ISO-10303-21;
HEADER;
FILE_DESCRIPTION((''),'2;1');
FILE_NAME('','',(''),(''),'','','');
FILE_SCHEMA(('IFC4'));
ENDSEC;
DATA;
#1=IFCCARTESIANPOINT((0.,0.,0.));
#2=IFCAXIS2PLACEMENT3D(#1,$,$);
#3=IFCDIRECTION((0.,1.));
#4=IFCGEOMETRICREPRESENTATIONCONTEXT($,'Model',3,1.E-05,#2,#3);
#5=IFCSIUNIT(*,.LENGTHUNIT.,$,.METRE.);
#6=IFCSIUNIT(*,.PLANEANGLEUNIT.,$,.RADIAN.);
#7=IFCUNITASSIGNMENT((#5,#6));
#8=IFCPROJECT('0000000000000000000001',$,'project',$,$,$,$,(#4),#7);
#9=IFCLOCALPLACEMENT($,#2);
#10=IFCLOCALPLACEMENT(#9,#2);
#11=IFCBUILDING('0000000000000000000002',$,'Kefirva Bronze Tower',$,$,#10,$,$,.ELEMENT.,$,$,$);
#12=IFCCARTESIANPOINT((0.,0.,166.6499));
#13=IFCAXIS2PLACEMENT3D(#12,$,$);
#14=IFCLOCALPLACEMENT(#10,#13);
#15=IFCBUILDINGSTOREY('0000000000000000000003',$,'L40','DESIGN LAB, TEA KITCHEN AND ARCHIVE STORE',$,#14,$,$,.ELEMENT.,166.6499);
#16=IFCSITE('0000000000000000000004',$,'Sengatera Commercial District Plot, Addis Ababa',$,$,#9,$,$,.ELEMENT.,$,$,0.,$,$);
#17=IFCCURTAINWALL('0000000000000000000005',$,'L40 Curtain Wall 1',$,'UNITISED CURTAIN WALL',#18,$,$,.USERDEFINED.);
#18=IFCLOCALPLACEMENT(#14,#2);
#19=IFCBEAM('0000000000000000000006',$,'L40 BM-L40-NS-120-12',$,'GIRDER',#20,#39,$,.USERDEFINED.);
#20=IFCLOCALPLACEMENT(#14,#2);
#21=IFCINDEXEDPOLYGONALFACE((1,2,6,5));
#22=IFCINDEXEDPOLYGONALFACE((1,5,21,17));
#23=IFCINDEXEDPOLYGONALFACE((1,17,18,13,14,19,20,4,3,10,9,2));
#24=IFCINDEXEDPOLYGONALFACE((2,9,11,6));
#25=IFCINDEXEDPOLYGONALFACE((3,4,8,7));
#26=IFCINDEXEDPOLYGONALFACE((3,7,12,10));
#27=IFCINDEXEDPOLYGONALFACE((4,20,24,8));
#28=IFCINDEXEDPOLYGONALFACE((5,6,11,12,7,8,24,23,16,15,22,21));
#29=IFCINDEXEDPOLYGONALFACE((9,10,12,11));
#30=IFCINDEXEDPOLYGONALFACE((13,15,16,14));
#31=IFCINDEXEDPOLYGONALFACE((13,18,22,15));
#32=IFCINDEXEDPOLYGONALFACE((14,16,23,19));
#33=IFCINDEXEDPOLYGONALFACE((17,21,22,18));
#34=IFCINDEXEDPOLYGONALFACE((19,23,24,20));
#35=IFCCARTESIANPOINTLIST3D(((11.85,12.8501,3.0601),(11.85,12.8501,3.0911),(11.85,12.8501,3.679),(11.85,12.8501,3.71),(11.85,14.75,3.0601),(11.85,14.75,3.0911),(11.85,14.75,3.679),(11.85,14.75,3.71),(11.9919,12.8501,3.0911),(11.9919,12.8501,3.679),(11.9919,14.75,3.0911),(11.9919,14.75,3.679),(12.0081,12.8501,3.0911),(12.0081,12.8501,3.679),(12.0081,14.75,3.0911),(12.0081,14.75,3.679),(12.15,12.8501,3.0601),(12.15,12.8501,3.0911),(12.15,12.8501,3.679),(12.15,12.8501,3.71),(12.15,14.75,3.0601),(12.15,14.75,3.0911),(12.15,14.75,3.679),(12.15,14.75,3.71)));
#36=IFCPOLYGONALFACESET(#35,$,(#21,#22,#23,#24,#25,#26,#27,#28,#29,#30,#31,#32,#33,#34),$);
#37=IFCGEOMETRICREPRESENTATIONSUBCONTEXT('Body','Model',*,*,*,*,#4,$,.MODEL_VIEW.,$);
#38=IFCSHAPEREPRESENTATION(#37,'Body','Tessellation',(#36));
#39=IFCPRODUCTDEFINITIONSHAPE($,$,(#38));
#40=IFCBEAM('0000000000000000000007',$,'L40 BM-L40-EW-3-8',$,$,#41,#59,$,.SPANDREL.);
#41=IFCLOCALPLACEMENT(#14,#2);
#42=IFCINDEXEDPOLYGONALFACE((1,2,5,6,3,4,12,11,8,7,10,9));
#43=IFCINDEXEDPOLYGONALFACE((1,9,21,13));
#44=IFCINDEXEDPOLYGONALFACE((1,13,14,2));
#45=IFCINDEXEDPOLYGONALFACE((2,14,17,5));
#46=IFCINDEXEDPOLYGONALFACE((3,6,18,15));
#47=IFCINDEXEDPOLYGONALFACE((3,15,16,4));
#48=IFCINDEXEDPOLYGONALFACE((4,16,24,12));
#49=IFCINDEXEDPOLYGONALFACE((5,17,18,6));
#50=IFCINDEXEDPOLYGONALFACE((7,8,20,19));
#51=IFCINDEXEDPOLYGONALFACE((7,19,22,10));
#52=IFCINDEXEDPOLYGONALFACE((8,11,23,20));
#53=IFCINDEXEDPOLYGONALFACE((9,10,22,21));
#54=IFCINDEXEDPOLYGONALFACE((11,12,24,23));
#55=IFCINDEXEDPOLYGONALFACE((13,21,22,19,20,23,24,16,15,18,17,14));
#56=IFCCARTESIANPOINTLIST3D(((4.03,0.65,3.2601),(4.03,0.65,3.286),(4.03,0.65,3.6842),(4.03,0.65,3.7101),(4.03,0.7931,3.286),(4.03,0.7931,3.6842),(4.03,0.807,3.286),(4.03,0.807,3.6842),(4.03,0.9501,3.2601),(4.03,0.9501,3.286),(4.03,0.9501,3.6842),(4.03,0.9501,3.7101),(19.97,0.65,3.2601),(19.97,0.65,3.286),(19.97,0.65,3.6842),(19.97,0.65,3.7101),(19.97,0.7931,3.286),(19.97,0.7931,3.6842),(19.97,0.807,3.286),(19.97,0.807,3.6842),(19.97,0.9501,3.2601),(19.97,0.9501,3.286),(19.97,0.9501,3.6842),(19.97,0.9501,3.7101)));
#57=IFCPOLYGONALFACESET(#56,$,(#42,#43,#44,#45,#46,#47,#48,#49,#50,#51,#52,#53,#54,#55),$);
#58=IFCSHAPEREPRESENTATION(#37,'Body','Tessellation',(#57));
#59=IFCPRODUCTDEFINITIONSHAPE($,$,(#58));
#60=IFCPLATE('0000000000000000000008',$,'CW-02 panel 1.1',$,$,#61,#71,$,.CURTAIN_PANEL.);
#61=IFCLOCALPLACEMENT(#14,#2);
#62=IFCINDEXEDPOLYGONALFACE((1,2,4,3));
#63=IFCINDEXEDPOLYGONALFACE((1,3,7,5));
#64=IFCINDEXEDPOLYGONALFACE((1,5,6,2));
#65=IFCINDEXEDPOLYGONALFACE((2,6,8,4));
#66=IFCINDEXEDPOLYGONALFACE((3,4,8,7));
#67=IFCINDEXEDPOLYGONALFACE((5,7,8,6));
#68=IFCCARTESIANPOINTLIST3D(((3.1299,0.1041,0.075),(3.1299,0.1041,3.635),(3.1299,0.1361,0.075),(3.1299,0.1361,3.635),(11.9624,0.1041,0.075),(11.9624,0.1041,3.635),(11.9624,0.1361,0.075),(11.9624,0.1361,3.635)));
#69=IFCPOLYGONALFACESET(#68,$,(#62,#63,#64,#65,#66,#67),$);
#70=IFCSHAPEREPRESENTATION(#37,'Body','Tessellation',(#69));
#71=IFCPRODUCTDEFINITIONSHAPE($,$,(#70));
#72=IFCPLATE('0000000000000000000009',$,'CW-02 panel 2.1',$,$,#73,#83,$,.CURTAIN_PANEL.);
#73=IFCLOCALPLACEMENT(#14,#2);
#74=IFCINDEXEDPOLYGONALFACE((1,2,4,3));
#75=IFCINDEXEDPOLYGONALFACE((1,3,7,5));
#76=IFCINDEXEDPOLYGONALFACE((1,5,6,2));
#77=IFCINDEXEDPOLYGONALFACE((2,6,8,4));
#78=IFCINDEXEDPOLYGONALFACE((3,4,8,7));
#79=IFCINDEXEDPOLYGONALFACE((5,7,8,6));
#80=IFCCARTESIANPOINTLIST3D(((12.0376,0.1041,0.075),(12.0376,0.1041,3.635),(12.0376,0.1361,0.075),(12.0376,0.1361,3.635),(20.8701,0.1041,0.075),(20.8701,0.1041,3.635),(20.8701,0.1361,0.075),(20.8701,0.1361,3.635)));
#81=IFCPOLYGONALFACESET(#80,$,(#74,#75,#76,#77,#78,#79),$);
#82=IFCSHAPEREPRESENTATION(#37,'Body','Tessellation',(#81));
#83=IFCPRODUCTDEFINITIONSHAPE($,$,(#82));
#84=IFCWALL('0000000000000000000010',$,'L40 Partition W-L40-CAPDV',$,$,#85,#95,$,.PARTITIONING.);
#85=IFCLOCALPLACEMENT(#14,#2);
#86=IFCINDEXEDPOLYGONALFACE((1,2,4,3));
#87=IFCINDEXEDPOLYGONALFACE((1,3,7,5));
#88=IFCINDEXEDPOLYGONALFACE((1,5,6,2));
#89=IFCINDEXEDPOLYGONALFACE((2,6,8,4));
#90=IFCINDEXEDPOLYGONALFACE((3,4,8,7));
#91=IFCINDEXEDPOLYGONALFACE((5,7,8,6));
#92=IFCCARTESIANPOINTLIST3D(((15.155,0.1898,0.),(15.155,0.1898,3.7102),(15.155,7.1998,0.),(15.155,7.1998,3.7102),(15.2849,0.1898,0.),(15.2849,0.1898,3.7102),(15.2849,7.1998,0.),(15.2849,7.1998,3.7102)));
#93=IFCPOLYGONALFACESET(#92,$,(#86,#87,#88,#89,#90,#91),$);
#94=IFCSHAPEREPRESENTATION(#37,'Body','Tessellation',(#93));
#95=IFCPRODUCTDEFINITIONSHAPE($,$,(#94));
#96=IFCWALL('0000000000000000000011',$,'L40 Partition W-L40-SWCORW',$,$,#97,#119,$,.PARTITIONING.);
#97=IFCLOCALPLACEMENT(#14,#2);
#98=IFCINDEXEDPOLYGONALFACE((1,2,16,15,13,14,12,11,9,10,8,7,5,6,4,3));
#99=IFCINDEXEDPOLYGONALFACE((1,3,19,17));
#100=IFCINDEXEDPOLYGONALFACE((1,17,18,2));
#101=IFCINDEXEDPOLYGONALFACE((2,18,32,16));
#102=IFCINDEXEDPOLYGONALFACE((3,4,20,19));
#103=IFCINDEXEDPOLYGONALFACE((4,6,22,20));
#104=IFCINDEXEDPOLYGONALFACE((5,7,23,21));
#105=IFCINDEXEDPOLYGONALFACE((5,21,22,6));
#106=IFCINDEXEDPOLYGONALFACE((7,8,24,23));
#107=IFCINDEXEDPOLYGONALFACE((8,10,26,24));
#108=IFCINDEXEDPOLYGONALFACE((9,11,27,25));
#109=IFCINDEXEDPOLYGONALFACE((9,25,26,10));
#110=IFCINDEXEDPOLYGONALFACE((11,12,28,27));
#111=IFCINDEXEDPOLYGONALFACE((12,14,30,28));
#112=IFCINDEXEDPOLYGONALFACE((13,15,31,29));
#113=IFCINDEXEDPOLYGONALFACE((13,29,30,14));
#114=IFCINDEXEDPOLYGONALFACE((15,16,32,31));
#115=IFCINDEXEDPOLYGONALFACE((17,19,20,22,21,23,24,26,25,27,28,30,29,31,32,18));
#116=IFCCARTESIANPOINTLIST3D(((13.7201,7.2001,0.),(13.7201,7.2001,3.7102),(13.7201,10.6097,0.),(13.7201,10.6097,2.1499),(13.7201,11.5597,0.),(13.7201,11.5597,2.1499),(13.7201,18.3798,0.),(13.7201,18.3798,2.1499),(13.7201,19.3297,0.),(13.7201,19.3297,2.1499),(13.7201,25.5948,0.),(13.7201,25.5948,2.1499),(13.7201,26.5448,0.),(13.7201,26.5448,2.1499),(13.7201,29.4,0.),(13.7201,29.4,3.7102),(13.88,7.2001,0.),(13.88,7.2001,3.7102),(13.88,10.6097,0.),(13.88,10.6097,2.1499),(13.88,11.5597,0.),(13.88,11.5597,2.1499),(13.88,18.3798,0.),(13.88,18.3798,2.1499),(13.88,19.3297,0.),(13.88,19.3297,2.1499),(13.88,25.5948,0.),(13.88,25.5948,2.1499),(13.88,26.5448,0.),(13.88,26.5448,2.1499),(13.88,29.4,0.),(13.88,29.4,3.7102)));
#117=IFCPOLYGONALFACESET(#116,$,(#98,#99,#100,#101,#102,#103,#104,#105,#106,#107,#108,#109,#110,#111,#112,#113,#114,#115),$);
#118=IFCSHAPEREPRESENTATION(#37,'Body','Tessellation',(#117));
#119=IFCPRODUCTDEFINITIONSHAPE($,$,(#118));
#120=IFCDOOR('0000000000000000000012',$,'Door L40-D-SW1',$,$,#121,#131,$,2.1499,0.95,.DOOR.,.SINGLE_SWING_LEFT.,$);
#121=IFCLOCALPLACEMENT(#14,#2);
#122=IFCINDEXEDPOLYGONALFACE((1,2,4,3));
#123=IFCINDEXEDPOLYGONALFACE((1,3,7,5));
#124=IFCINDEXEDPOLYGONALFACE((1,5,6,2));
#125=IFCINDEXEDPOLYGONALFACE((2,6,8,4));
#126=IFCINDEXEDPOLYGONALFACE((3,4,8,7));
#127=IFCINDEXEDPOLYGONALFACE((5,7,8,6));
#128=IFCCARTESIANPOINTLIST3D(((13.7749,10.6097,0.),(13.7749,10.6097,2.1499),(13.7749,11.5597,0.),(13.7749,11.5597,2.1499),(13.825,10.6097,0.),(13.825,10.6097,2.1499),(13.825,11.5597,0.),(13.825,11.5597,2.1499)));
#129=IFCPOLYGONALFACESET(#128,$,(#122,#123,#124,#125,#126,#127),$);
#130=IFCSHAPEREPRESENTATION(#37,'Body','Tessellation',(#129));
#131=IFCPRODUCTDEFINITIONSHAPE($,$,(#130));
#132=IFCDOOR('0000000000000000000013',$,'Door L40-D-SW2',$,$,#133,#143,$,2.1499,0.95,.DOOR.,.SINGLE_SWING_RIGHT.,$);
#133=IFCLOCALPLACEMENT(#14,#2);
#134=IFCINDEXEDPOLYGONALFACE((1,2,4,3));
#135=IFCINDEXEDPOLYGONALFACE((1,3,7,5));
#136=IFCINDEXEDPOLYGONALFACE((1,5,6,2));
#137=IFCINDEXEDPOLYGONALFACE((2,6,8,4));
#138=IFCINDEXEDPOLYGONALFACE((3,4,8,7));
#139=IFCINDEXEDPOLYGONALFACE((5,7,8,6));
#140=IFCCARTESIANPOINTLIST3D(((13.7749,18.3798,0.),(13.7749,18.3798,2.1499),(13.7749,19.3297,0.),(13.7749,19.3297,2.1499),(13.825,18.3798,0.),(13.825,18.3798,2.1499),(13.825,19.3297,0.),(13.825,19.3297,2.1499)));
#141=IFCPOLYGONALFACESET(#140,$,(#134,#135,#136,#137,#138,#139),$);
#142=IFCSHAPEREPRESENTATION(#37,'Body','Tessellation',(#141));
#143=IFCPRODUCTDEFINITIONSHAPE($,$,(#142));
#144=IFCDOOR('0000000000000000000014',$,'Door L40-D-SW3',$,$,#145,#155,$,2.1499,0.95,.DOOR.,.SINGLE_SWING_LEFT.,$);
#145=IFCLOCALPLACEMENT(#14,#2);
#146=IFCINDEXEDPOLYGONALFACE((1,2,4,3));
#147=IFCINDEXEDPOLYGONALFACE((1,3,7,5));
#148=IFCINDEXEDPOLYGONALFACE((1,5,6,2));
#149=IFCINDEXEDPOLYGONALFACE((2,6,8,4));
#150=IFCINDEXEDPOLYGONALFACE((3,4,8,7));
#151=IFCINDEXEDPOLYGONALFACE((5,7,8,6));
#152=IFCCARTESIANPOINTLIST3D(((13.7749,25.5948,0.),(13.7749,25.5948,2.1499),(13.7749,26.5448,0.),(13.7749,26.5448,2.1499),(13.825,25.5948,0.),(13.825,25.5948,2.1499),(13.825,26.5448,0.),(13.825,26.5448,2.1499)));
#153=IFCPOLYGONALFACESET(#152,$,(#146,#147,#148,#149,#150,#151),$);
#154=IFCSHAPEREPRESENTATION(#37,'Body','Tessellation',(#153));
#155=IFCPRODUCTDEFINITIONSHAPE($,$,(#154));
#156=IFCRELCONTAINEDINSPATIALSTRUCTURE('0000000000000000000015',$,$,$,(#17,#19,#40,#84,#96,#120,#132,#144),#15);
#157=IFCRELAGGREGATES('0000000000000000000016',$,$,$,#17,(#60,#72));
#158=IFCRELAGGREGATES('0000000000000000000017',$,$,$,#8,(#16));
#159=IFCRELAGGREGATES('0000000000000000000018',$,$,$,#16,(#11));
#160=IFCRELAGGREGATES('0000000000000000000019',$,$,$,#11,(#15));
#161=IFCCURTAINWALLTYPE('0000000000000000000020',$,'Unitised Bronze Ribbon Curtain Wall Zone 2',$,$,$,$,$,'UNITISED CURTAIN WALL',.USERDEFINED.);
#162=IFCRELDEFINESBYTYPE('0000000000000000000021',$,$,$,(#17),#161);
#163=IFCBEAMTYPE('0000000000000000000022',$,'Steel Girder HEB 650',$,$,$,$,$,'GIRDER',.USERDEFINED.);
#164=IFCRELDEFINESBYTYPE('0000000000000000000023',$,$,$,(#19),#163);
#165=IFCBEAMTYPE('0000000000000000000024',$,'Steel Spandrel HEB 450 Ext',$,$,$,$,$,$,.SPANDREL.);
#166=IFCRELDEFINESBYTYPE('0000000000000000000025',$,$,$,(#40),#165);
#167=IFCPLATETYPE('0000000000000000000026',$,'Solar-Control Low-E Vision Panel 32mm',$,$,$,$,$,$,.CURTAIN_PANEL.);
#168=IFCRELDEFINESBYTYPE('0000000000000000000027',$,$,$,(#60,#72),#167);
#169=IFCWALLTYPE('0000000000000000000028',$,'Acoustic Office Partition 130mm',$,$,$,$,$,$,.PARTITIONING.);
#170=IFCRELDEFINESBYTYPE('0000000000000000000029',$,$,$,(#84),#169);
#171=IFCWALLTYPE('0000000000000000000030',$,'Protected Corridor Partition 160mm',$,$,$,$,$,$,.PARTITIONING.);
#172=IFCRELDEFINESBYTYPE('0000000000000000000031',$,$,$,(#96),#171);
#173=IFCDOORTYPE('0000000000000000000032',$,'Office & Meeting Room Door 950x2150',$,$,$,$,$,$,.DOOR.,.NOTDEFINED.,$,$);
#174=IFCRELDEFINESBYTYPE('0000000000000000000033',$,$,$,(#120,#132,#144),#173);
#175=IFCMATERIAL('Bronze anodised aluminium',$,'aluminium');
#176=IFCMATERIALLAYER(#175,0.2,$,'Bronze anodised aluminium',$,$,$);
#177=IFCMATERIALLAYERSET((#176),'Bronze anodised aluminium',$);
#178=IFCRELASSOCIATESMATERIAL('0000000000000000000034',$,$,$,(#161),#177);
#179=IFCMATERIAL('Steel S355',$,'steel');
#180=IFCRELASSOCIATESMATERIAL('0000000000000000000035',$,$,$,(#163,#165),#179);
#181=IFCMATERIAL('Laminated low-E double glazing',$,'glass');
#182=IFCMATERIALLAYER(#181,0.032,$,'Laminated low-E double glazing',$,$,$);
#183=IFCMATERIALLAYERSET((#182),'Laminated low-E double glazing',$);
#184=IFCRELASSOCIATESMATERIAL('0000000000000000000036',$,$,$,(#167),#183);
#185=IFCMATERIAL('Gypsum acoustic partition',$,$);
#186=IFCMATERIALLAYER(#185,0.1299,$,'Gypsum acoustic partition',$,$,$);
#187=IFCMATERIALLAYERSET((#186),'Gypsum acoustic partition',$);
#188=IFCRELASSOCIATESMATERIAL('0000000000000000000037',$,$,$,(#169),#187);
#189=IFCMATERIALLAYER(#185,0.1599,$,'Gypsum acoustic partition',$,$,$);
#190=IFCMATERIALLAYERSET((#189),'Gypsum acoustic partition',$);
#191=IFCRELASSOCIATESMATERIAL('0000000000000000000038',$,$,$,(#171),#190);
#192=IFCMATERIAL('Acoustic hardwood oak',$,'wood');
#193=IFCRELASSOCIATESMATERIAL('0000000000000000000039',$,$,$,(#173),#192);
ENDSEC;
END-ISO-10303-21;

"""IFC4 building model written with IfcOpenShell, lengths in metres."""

from ifc_helpers import new_model, si_unit, direction, frame, frame_2d, origin, origin_2d, place, context, subcontext, project, spatial, rectangle, i_section, extrude, material, layer, layer_set, material_profile, profile_set, type_object, element, fill, aggregate, save


model = new_model("IFC4")

# Units and contexts
model_context = context("Model", 3, precision=1e-05, world=origin(), true_north=direction((0.0, 1.0)))
body_context = subcontext(model_context, "Body", "Model", "MODEL_VIEW")
ifc_project = project(units=[si_unit("LENGTHUNIT", "METRE"), si_unit("PLANEANGLEUNIT", "RADIAN")], contexts=[model_context])

# Site, building, storey
site_placement = place(None, origin())
site = spatial("IfcSite", under=ifc_project, at=site_placement, Name="Sengatera Commercial District Plot, Addis Ababa", CompositionType="ELEMENT", RefElevation=0.0)
building_placement = place(site_placement, origin())
building = spatial("IfcBuilding", under=site, at=building_placement, Name="Kefirva Bronze Tower", CompositionType="ELEMENT")
storey_placement = place(building_placement, frame((0.0, 0.0, 166.6499)))
storey = spatial("IfcBuildingStorey", under=building, at=storey_placement, Name="L40", Description="DESIGN LAB, TEA KITCHEN AND ARCHIVE STORE", CompositionType="ELEMENT", Elevation=166.6499)

# Curtain wall
ifc_material_1 = material(Name="Bronze anodised aluminium", Category="aluminium")
ifc_layer_1 = layer(ifc_material_1, 0.2, Name="Bronze anodised aluminium")
ifc_layer_set_1 = layer_set([ifc_layer_1], Name="Bronze anodised aluminium")
curtain_wall_type = type_object("IfcCurtainWallType", Name="Unitised Bronze Ribbon Curtain Wall Zone 2", ElementType="UNITISED CURTAIN WALL", PredefinedType="USERDEFINED", material=ifc_layer_set_1)
curtain_wall_placement = place(storey_placement, origin())
curtain_wall = element("IfcCurtainWall", 1, at=curtain_wall_placement, inside=storey, type_object=curtain_wall_type, Name="L40 Curtain Wall 1", ObjectType="UNITISED CURTAIN WALL", PredefinedType="USERDEFINED")

# Beams
ifc_material_2 = material(Name="Steel S355", Category="steel")
ifc_material_profile_1 = material_profile(ifc_material_2, i_section(OverallWidth=0.3, OverallDepth=0.6499, WebThickness=0.0161, FlangeThickness=0.031, at=origin_2d()), Name="HEB 650")
ifc_profile_set_1 = profile_set([ifc_material_profile_1], Name="Steel S355")
beam_type_1 = type_object("IfcBeamType", Name="Steel Girder HEB 650", ElementType="GIRDER", PredefinedType="USERDEFINED", material=ifc_profile_set_1)
beam_1_placement = place(storey_placement, frame((12.0, 12.8501, 3.385), z_axis=(0.0, 1.0, 0.0), x_axis=(-1.0, 0.0, 0.0)))
element("IfcBeam", 2, at=beam_1_placement, inside=storey, type_object=beam_type_1, Name="L40 BM-L40-NS-120-12", ObjectType="GIRDER", PredefinedType="USERDEFINED", context=body_context, shape_type="SweptSolid", body=[
    extrude(i_section(OverallWidth=0.3, OverallDepth=0.6499, WebThickness=0.0161, FlangeThickness=0.031, at=origin_2d()), origin(), (0.0, 0.0, 1.0), 1.8999),
])
ifc_material_profile_2 = material_profile(ifc_material_2, i_section(OverallWidth=0.3, OverallDepth=0.45, WebThickness=0.0139, FlangeThickness=0.0259, at=origin_2d()), Name="HEB 450")
ifc_profile_set_2 = profile_set([ifc_material_profile_2], Name="Steel S355")
beam_type_2 = type_object("IfcBeamType", Name="Steel Spandrel HEB 450 Ext", PredefinedType="SPANDREL", material=ifc_profile_set_2)
beam_2_placement = place(storey_placement, frame((4.03, 0.8, 3.4851), z_axis=(1.0, 0.0, 0.0), x_axis=(0.0, 1.0, 0.0)))
element("IfcBeam", 3, at=beam_2_placement, inside=storey, type_object=beam_type_2, Name="L40 BM-L40-EW-3-8", PredefinedType="SPANDREL", context=body_context, shape_type="SweptSolid", body=[
    extrude(i_section(OverallWidth=0.3, OverallDepth=0.45, WebThickness=0.0139, FlangeThickness=0.0259, at=origin_2d()), origin(), (0.0, 0.0, 1.0), 15.9399),
])

# Plates
ifc_material_3 = material(Name="Laminated low-E double glazing", Category="glass")
ifc_layer_2 = layer(ifc_material_3, 0.032, Name="Laminated low-E double glazing")
ifc_layer_set_2 = layer_set([ifc_layer_2], Name="Laminated low-E double glazing")
plate_type = type_object("IfcPlateType", Name="Solar-Control Low-E Vision Panel 32mm", PredefinedType="CURTAIN_PANEL", material=ifc_layer_set_2)
plate_1_placement = place(storey_placement, frame((7.5461, 0.1201, 0.075), z_axis=(0.0, 0.0, 1.0), x_axis=(1.0, 0.0, 0.0)))
plate_1 = element("IfcPlate", 4, at=plate_1_placement, type_object=plate_type, Name="CW-02 panel 1.1", PredefinedType="CURTAIN_PANEL", context=body_context, shape_type="SweptSolid", body=[
    extrude(rectangle(XDim=8.8325, YDim=0.032, at=origin_2d()), origin(), (0.0, 0.0, 1.0), 3.5601),
])
plate_2_placement = place(storey_placement, frame((16.4539, 0.1201, 0.075), z_axis=(0.0, 0.0, 1.0), x_axis=(1.0, 0.0, 0.0)))
plate_2 = element("IfcPlate", 5, at=plate_2_placement, type_object=plate_type, Name="CW-02 panel 2.1", PredefinedType="CURTAIN_PANEL", context=body_context, shape_type="SweptSolid", body=[
    extrude(rectangle(XDim=8.8325, YDim=0.032, at=origin_2d()), origin(), (0.0, 0.0, 1.0), 3.5601),
])
aggregate(curtain_wall, [plate_1, plate_2])

# Wall
ifc_material_4 = material(Name="Gypsum acoustic partition")
ifc_layer_3 = layer(ifc_material_4, 0.1299, Name="Gypsum acoustic partition")
ifc_layer_set_3 = layer_set([ifc_layer_3], Name="Gypsum acoustic partition")
wall_type_1 = type_object("IfcWallType", Name="Acoustic Office Partition 130mm", PredefinedType="PARTITIONING", material=ifc_layer_set_3)
wall_1_placement = place(storey_placement, frame((15.22, 0.1899, 0.0), z_axis=(0.0, 0.0, 1.0), x_axis=(0.0, 1.0, 0.0)))
element("IfcWall", 6, at=wall_1_placement, inside=storey, type_object=wall_type_1, Name="L40 Partition W-L40-CAPDV", PredefinedType="PARTITIONING", context=body_context, shape_type="SweptSolid", body=[
    extrude(rectangle(XDim=7.01, YDim=0.1299, at=frame_2d((3.5049, 0.0))), origin(), (0.0, 0.0, 1.0), 3.7102),
])

# Wall, openings, doors
ifc_layer_4 = layer(ifc_material_4, 0.1599, Name="Gypsum acoustic partition")
ifc_layer_set_4 = layer_set([ifc_layer_4], Name="Gypsum acoustic partition")
wall_type_2 = type_object("IfcWallType", Name="Protected Corridor Partition 160mm", PredefinedType="PARTITIONING", material=ifc_layer_set_4)
wall_2_placement = place(storey_placement, frame((13.8, 7.2, 0.0), z_axis=(0.0, 0.0, 1.0), x_axis=(0.0, 1.0, 0.0)))
wall_2 = element("IfcWall", 7, at=wall_2_placement, inside=storey, type_object=wall_type_2, Name="L40 Partition W-L40-SWCORW", PredefinedType="PARTITIONING", context=body_context, shape_type="SweptSolid", body=[
    extrude(rectangle(XDim=22.2, YDim=0.1599, at=frame_2d((11.1001, 0.0))), origin(), (0.0, 0.0, 1.0), 3.7102),
])
opening_1_placement = place(wall_2_placement, frame((4.3599, 0.0, 0.0), z_axis=(0.0, 0.0, 1.0), x_axis=(-1.0, 0.0, 0.0)))
opening_1 = element("IfcOpeningElement", 8, at=opening_1_placement, cuts=wall_2, PredefinedType="OPENING", context=body_context, shape_type="SweptSolid", body=[
    extrude(rectangle(XDim=0.95, YDim=2.1499, at=frame_2d((0.4751, 1.075))), frame((0.0, 0.0898, 0.0), z_axis=(0.0, -1.0, 0.0), x_axis=(1.0, 0.0, 0.0)), (0.0, 0.0, 1.0), 0.1799),
])
opening_2_placement = place(wall_2_placement, frame((12.1299, 0.0, 0.0), z_axis=(0.0, 0.0, 1.0), x_axis=(-1.0, 0.0, 0.0)))
opening_2 = element("IfcOpeningElement", 9, at=opening_2_placement, cuts=wall_2, PredefinedType="OPENING", context=body_context, shape_type="SweptSolid", body=[
    extrude(rectangle(XDim=0.95, YDim=2.1499, at=frame_2d((0.4751, 1.075))), frame((0.0, 0.0898, 0.0), z_axis=(0.0, -1.0, 0.0), x_axis=(1.0, 0.0, 0.0)), (0.0, 0.0, 1.0), 0.1799),
])
opening_3_placement = place(wall_2_placement, frame((19.345, 0.0, 0.0), z_axis=(0.0, 0.0, 1.0), x_axis=(-1.0, 0.0, 0.0)))
opening_3 = element("IfcOpeningElement", 10, at=opening_3_placement, cuts=wall_2, PredefinedType="OPENING", context=body_context, shape_type="SweptSolid", body=[
    extrude(rectangle(XDim=0.95, YDim=2.1499, at=frame_2d((0.4751, 1.075))), frame((0.0, 0.0898, 0.0), z_axis=(0.0, -1.0, 0.0), x_axis=(1.0, 0.0, 0.0)), (0.0, 0.0, 1.0), 0.1799),
])
ifc_material_5 = material(Name="Acoustic hardwood oak", Category="wood")
door_type = type_object("IfcDoorType", Name="Office & Meeting Room Door 950x2150", OperationType="NOTDEFINED", PredefinedType="DOOR", material=ifc_material_5)
door_1_placement = place(opening_1_placement, origin())
door_1 = element("IfcDoor", 11, at=door_1_placement, inside=storey, type_object=door_type, Name="Door L40-D-SW1", OperationType="SINGLE_SWING_LEFT", OverallHeight=2.1499, OverallWidth=0.95, PredefinedType="DOOR", context=body_context, shape_type="SweptSolid", body=[
    extrude(rectangle(XDim=0.95, YDim=2.1499, at=frame_2d((0.4751, 1.075))), frame((0.0, 0.0249, 0.0), z_axis=(0.0, -1.0, 0.0), x_axis=(1.0, 0.0, 0.0)), (0.0, 0.0, 1.0), 0.05),
])
fill(opening_1, door_1)
door_2_placement = place(opening_2_placement, origin())
door_2 = element("IfcDoor", 12, at=door_2_placement, inside=storey, type_object=door_type, Name="Door L40-D-SW2", OperationType="SINGLE_SWING_RIGHT", OverallHeight=2.1499, OverallWidth=0.95, PredefinedType="DOOR", context=body_context, shape_type="SweptSolid", body=[
    extrude(rectangle(XDim=0.95, YDim=2.1499, at=frame_2d((0.4751, 1.075))), frame((0.0, 0.0249, 0.0), z_axis=(0.0, -1.0, 0.0), x_axis=(1.0, 0.0, 0.0)), (0.0, 0.0, 1.0), 0.05),
])
fill(opening_2, door_2)
door_3_placement = place(opening_3_placement, origin())
door_3 = element("IfcDoor", 13, at=door_3_placement, inside=storey, type_object=door_type, Name="Door L40-D-SW3", OperationType="SINGLE_SWING_LEFT", OverallHeight=2.1499, OverallWidth=0.95, PredefinedType="DOOR", context=body_context, shape_type="SweptSolid", body=[
    extrude(rectangle(XDim=0.95, YDim=2.1499, at=frame_2d((0.4751, 1.075))), frame((0.0, 0.0249, 0.0), z_axis=(0.0, -1.0, 0.0), x_axis=(1.0, 0.0, 0.0)), (0.0, 0.0, 1.0), 0.05),
])
fill(opening_3, door_3)

save(model, "model.ifc")
